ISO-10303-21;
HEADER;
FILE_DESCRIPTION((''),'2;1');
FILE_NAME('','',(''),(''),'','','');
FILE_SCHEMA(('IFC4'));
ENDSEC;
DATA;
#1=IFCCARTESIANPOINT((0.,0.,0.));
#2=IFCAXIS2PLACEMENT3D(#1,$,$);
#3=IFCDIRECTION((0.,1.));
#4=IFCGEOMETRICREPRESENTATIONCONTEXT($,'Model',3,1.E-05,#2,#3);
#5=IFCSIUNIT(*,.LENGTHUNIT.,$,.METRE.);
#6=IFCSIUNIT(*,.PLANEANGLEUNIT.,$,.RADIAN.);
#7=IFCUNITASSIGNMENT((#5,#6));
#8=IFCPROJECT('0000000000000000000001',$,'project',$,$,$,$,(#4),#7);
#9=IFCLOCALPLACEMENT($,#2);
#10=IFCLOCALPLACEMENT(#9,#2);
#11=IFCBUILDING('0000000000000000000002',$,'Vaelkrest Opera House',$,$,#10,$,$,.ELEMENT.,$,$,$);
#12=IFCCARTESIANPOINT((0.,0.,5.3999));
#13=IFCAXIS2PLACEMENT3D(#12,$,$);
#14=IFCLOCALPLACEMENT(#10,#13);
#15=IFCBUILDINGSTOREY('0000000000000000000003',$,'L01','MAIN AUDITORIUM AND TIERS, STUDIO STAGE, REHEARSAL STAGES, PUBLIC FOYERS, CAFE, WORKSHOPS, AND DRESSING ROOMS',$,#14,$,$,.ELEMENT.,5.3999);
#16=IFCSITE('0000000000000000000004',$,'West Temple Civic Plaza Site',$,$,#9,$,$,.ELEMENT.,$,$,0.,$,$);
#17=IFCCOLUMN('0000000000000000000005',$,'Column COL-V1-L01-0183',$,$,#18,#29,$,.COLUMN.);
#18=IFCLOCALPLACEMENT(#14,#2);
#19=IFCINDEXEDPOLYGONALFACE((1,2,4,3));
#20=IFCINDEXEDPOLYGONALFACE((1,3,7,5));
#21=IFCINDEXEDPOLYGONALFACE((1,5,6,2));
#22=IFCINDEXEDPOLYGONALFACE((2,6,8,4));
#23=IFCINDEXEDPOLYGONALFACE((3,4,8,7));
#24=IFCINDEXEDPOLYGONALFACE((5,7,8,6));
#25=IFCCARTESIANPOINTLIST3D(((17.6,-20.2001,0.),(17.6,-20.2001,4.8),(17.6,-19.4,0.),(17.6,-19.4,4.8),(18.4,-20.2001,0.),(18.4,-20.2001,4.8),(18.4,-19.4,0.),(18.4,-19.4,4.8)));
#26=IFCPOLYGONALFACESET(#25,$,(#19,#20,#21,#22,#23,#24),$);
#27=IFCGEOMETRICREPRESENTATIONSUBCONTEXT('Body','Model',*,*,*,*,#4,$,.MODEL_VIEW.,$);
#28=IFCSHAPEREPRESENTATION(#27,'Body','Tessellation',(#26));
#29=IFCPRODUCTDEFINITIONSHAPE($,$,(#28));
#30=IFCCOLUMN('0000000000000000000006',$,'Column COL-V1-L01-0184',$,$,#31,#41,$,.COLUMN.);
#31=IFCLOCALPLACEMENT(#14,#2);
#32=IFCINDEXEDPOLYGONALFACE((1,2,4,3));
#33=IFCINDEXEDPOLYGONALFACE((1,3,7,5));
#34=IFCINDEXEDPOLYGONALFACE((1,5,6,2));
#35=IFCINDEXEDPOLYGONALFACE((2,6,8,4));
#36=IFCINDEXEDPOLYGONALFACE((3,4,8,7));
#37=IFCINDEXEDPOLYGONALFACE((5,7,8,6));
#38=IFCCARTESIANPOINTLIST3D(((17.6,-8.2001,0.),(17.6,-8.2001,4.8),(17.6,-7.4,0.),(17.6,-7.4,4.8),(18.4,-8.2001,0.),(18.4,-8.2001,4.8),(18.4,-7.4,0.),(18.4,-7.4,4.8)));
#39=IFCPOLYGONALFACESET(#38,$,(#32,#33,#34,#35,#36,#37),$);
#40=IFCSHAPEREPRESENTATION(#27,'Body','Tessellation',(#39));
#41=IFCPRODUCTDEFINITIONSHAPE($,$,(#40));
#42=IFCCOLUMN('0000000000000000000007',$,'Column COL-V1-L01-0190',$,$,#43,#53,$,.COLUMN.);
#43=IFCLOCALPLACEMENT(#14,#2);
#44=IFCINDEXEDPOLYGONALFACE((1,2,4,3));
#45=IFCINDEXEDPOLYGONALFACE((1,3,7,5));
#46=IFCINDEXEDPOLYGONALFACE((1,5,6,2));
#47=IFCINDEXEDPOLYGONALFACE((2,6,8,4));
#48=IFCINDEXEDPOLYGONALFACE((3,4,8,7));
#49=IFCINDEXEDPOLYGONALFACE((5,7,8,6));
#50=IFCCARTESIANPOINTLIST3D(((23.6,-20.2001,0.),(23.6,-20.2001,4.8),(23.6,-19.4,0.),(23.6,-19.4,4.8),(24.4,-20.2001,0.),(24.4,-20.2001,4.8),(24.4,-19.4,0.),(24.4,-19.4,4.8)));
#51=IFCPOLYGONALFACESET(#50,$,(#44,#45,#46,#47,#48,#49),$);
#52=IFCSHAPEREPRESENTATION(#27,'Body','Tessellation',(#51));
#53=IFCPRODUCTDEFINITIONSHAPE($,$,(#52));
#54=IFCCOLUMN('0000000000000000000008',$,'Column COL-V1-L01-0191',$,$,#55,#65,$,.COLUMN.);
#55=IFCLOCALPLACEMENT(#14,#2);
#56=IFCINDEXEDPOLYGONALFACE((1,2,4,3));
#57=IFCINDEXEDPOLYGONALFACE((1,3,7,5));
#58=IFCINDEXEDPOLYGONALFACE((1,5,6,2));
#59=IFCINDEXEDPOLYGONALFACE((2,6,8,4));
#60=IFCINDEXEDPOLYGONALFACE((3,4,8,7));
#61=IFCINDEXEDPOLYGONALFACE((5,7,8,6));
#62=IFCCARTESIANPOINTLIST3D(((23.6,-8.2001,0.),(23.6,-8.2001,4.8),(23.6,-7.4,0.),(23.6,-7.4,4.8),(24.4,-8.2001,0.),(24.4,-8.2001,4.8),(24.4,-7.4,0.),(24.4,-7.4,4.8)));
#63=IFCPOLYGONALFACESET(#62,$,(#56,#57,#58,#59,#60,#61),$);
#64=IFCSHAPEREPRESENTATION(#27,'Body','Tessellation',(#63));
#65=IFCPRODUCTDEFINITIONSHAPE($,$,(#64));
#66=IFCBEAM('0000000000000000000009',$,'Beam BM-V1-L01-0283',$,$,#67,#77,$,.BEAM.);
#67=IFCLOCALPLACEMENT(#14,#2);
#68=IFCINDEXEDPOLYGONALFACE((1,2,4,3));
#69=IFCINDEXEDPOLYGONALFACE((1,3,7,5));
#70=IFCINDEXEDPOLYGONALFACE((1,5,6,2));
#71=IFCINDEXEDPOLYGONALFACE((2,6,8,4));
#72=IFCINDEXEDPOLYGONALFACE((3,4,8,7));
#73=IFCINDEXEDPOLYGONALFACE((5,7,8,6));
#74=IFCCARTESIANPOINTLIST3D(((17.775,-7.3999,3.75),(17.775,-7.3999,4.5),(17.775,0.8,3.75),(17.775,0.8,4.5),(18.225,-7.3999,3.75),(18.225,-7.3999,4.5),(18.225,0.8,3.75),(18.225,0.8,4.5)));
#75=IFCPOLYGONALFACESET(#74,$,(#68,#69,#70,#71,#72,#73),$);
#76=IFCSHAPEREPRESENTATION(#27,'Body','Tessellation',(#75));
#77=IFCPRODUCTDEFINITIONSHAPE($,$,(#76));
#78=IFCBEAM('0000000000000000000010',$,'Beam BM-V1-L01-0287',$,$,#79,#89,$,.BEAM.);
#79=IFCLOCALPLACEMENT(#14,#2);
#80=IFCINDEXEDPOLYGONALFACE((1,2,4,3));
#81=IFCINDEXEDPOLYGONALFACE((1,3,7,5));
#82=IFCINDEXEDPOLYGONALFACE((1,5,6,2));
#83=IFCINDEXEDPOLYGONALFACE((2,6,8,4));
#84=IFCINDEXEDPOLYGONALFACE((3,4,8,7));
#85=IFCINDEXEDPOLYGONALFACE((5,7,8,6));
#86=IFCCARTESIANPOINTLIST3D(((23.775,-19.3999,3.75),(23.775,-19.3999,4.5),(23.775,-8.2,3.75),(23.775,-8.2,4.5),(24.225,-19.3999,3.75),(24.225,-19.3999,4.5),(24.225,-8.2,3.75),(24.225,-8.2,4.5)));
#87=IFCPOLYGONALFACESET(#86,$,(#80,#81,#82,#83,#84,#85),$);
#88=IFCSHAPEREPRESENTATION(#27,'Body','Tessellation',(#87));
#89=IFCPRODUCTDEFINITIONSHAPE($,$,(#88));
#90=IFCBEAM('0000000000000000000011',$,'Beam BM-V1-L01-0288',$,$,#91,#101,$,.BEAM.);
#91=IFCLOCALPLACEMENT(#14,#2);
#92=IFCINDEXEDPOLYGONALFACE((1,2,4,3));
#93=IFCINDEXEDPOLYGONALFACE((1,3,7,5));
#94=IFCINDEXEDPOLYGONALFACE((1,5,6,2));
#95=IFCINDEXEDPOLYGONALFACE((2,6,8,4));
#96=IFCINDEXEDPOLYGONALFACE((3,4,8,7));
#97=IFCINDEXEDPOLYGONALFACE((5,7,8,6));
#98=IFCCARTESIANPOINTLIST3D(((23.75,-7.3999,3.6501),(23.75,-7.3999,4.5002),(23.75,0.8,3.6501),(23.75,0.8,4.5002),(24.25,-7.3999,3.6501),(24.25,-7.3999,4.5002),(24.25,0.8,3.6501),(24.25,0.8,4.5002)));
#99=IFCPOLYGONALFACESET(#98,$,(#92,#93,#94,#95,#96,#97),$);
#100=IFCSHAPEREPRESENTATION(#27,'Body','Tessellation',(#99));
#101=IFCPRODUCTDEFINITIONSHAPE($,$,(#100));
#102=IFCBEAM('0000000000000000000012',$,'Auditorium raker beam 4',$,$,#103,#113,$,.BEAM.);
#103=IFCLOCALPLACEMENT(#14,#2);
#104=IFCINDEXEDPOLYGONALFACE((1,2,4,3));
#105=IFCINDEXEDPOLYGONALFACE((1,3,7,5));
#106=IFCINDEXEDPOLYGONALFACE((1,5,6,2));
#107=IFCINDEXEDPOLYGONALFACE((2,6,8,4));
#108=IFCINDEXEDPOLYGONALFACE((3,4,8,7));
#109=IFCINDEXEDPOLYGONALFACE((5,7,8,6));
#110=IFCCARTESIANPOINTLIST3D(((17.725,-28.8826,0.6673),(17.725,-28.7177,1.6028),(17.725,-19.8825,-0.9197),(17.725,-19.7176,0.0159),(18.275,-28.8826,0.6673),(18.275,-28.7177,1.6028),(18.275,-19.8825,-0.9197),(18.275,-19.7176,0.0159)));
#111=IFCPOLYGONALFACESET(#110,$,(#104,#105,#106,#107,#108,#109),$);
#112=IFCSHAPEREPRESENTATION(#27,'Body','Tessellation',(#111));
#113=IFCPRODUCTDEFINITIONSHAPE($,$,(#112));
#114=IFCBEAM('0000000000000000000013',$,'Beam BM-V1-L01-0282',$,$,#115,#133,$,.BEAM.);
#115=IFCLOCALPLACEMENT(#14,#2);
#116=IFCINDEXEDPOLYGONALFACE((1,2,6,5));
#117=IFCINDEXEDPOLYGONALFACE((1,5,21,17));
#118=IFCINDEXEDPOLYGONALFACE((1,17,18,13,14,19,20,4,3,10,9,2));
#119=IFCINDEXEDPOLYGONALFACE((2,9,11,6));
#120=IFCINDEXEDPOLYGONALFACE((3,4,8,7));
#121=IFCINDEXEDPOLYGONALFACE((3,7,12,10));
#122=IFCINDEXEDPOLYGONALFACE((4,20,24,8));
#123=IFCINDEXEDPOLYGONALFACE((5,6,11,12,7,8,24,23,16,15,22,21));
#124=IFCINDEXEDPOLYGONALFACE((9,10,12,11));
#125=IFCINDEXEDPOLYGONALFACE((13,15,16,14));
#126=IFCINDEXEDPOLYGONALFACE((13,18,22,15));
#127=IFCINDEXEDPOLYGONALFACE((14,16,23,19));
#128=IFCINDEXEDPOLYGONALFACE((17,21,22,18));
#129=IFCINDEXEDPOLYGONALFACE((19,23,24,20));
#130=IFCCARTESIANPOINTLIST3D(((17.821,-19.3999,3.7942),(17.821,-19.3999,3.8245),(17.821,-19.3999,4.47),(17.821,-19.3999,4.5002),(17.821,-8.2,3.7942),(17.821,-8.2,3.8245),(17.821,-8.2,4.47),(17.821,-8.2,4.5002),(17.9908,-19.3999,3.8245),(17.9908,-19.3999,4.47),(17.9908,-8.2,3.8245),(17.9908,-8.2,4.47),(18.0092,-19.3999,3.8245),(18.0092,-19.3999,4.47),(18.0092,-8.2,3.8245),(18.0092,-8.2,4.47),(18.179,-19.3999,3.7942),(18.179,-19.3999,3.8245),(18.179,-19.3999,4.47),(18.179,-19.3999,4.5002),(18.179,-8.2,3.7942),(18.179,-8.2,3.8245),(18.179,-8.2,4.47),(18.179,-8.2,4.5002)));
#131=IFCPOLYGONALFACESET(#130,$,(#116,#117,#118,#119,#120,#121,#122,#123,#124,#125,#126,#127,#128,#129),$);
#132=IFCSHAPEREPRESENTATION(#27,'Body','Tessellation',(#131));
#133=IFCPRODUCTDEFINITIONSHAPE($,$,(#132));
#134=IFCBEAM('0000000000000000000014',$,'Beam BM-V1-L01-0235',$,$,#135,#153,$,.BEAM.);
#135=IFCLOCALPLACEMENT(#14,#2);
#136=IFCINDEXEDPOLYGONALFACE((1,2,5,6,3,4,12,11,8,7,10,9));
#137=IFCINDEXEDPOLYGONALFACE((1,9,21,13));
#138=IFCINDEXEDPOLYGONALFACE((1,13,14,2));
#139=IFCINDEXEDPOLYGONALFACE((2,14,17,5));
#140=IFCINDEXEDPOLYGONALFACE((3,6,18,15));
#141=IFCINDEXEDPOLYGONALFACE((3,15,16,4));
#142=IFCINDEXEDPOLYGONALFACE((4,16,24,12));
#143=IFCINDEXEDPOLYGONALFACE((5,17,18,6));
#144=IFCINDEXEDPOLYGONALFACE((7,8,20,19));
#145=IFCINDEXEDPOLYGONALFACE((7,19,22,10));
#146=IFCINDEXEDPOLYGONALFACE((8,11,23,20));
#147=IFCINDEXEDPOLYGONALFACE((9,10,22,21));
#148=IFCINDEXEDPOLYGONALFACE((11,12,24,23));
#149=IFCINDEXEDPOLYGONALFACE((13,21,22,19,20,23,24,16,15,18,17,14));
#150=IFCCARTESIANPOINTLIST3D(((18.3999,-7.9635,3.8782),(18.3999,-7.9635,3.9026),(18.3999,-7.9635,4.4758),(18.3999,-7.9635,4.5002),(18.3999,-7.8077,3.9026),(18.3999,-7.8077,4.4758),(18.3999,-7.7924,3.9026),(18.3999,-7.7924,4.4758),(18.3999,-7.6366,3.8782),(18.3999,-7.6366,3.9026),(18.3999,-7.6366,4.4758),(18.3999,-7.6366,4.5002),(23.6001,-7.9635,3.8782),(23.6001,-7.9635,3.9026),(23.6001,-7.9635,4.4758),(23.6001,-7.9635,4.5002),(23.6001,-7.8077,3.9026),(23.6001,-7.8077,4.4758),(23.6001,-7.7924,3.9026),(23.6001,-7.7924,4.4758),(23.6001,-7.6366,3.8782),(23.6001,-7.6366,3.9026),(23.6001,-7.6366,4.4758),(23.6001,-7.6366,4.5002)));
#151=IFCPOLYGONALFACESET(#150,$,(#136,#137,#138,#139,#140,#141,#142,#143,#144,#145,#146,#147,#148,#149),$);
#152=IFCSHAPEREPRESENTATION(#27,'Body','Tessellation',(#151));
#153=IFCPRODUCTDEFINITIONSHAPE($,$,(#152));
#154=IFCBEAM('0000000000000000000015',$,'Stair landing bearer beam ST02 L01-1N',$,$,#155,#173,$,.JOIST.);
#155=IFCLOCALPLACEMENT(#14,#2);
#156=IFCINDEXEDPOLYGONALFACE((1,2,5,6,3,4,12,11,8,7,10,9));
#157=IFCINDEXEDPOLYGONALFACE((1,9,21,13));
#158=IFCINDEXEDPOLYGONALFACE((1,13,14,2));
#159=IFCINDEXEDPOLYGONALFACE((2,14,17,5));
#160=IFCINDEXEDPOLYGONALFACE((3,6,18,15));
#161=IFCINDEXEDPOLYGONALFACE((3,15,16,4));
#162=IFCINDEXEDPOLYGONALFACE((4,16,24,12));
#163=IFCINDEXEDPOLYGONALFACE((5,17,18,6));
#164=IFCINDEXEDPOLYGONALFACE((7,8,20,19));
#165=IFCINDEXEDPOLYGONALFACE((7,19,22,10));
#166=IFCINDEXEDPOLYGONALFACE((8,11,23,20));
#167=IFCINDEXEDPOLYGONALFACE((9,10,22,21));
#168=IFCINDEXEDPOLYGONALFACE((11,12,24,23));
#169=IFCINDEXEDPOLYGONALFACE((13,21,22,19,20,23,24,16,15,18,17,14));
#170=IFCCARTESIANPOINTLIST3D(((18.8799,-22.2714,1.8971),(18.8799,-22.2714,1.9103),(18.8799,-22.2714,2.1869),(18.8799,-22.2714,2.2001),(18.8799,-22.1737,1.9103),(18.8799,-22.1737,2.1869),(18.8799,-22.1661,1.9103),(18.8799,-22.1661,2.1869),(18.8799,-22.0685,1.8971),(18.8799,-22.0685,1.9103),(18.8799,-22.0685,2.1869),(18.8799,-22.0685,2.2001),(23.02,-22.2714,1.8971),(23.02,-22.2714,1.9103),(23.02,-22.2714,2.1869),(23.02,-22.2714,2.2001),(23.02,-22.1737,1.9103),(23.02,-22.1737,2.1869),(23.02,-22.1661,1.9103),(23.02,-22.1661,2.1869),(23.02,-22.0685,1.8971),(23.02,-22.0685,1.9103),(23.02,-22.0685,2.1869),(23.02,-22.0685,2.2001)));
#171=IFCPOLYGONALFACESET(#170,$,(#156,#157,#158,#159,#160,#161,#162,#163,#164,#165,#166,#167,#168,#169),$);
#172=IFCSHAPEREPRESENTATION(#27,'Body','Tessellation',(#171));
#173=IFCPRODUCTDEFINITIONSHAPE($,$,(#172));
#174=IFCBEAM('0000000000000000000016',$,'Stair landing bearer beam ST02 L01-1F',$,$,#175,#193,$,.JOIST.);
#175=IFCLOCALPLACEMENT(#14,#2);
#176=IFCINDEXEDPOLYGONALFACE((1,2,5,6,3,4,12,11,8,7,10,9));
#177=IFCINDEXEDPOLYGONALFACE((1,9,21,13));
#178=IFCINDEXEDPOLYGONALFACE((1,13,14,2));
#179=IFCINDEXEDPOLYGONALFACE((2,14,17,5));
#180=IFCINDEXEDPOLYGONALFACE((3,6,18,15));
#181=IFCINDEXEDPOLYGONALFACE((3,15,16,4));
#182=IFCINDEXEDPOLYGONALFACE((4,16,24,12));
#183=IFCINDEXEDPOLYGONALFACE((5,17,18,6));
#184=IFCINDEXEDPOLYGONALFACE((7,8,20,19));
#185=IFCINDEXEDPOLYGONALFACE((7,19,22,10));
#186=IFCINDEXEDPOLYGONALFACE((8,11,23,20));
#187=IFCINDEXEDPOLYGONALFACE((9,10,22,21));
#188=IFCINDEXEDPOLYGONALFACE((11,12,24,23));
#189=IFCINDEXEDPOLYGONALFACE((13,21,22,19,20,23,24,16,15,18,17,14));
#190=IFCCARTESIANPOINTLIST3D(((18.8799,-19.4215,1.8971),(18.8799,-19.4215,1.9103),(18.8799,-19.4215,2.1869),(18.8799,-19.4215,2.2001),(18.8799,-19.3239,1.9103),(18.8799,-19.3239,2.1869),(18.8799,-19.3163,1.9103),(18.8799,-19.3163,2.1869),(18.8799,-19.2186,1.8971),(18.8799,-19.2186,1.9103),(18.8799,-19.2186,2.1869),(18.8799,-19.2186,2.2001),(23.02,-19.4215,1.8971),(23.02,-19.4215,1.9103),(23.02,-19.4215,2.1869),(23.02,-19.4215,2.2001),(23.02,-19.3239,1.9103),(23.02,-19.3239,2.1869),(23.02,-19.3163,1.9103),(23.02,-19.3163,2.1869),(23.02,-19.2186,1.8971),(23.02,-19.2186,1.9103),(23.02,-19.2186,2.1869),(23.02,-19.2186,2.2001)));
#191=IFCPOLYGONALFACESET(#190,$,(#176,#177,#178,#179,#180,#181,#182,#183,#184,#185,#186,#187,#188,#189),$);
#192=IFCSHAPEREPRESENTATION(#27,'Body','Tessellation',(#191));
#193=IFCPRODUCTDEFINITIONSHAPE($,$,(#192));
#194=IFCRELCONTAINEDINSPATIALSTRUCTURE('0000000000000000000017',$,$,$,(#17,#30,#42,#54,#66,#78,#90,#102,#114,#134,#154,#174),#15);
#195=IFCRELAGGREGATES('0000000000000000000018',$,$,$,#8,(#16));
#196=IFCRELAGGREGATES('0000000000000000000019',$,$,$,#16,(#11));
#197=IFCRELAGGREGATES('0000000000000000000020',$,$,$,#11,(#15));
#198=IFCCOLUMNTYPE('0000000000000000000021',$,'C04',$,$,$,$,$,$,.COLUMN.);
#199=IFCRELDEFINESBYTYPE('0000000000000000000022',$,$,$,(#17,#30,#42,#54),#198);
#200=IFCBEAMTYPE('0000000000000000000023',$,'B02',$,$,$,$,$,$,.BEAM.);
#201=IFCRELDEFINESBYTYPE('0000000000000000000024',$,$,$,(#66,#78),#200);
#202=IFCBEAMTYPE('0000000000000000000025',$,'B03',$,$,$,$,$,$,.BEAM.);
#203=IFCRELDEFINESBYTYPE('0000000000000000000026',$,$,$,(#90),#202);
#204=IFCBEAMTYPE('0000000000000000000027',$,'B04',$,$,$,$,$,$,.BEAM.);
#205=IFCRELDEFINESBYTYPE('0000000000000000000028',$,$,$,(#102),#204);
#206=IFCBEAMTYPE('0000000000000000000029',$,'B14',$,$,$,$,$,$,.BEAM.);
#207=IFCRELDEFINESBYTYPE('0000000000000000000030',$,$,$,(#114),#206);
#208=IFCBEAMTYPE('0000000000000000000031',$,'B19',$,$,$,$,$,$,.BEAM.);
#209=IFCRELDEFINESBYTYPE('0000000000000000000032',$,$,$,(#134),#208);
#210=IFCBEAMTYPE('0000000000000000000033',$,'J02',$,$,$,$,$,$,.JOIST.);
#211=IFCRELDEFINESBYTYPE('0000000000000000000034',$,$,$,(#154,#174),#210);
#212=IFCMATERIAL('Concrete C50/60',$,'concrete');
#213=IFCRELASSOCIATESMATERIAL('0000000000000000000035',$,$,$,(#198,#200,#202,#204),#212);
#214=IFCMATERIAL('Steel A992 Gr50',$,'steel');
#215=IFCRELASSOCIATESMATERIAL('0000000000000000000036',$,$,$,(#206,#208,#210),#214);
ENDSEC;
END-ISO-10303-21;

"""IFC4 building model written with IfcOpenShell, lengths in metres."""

from ifc_helpers import new_model, si_unit, direction, frame, origin, origin_2d, place, context, subcontext, project, spatial, rectangle, i_section, extrude, material, material_profile, profile_set, type_object, element, save


model = new_model("IFC4")

# Units and contexts
model_context = context("Model", 3, precision=1e-05, world=origin(), true_north=direction((0.0, 1.0)))
body_context = subcontext(model_context, "Body", "Model", "MODEL_VIEW")
ifc_project = project(units=[si_unit("LENGTHUNIT", "METRE"), si_unit("PLANEANGLEUNIT", "RADIAN")], contexts=[model_context])

# Site, building, storey
site_placement = place(None, origin())
site = spatial("IfcSite", under=ifc_project, at=site_placement, Name="West Temple Civic Plaza Site", CompositionType="ELEMENT", RefElevation=0.0)
building_placement = place(site_placement, origin())
building = spatial("IfcBuilding", under=site, at=building_placement, Name="Vaelkrest Opera House", CompositionType="ELEMENT")
storey_placement = place(building_placement, frame((0.0, 0.0, 5.3999)))
storey = spatial("IfcBuildingStorey", under=building, at=storey_placement, Name="L01", Description="MAIN AUDITORIUM AND TIERS, STUDIO STAGE, REHEARSAL STAGES, PUBLIC FOYERS, CAFE, WORKSHOPS, AND DRESSING ROOMS", CompositionType="ELEMENT", Elevation=5.3999)

# Columns
ifc_material_1 = material(Name="Concrete C50/60", Category="concrete")
ifc_material_profile_1 = material_profile(ifc_material_1, rectangle(XDim=0.8, YDim=0.8, at=origin_2d()), Name="RC800X800")
ifc_profile_set_1 = profile_set([ifc_material_profile_1], Name="Concrete C50/60")
column_type = type_object("IfcColumnType", Name="C04", PredefinedType="COLUMN", material=ifc_profile_set_1)
for number, where, z_axis, x_axis, name in (
    (1, (18.0, -19.8, 0.0), (0.0, 0.0, 1.0), (1.0, 0.0, 0.0), "Column COL-V1-L01-0183"),
    (2, (18.0, -7.8, 0.0), (0.0, 0.0, 1.0), (1.0, 0.0, 0.0), "Column COL-V1-L01-0184"),
    (3, (24.0, -19.8, 0.0), (0.0, 0.0, 1.0), (1.0, 0.0, 0.0), "Column COL-V1-L01-0190"),
    (4, (24.0, -7.8, 0.0), (0.0, 0.0, 1.0), (1.0, 0.0, 0.0), "Column COL-V1-L01-0191"),
):
    element("IfcColumn", number, at=place(storey_placement, frame(where, z_axis=z_axis, x_axis=x_axis)), inside=storey, type_object=column_type, Name=name, PredefinedType="COLUMN", context=body_context, shape_type="SweptSolid", body=[
        extrude(rectangle(XDim=0.8, YDim=0.8, at=origin_2d()), origin(), (0.0, 0.0, 1.0), 4.8),
    ])

# Beams
ifc_material_profile_2 = material_profile(ifc_material_1, rectangle(XDim=0.45, YDim=0.75, at=origin_2d()), Name="RCB450X750")
ifc_profile_set_2 = profile_set([ifc_material_profile_2], Name="Concrete C50/60")
beam_type_1 = type_object("IfcBeamType", Name="B02", PredefinedType="BEAM", material=ifc_profile_set_2)
beam_1_placement = place(storey_placement, frame((18.0, -7.3999, 4.125), z_axis=(0.0, 1.0, 0.0), x_axis=(-1.0, 0.0, 0.0)))
element("IfcBeam", 5, at=beam_1_placement, inside=storey, type_object=beam_type_1, Name="Beam BM-V1-L01-0283", PredefinedType="BEAM", context=body_context, shape_type="SweptSolid", body=[
    extrude(rectangle(XDim=0.45, YDim=0.75, at=origin_2d()), origin(), (0.0, 0.0, 1.0), 8.2),
])
beam_2_placement = place(storey_placement, frame((24.0, -19.3999, 4.125), z_axis=(0.0, 1.0, 0.0), x_axis=(-1.0, 0.0, 0.0)))
element("IfcBeam", 6, at=beam_2_placement, inside=storey, type_object=beam_type_1, Name="Beam BM-V1-L01-0287", PredefinedType="BEAM", context=body_context, shape_type="SweptSolid", body=[
    extrude(rectangle(XDim=0.45, YDim=0.75, at=origin_2d()), origin(), (0.0, 0.0, 1.0), 11.2),
])
ifc_material_profile_3 = material_profile(ifc_material_1, rectangle(XDim=0.5, YDim=0.8501, at=origin_2d()), Name="RCB500X850")
ifc_profile_set_3 = profile_set([ifc_material_profile_3], Name="Concrete C50/60")
beam_type_2 = type_object("IfcBeamType", Name="B03", PredefinedType="BEAM", material=ifc_profile_set_3)
beam_3_placement = place(storey_placement, frame((24.0, -7.3999, 4.0752), z_axis=(0.0, 1.0, 0.0), x_axis=(-1.0, 0.0, 0.0)))
element("IfcBeam", 7, at=beam_3_placement, inside=storey, type_object=beam_type_2, Name="Beam BM-V1-L01-0288", PredefinedType="BEAM", context=body_context, shape_type="SweptSolid", body=[
    extrude(rectangle(XDim=0.5, YDim=0.8501, at=origin_2d()), origin(), (0.0, 0.0, 1.0), 8.2),
])
ifc_material_profile_4 = material_profile(ifc_material_1, rectangle(XDim=0.55, YDim=0.95, at=origin_2d()), Name="RCB550X950")
ifc_profile_set_4 = profile_set([ifc_material_profile_4], Name="Concrete C50/60")
beam_type_3 = type_object("IfcBeamType", Name="B04", PredefinedType="BEAM", material=ifc_profile_set_4)
beam_4_placement = place(storey_placement, frame((18.0, -19.8, -0.4519), z_axis=(0.0, -0.984808, 0.173645), x_axis=(1.0, 0.0, 0.0)))
element("IfcBeam", 8, at=beam_4_placement, inside=storey, type_object=beam_type_3, Name="Auditorium raker beam 4", PredefinedType="BEAM", context=body_context, shape_type="SweptSolid", body=[
    extrude(rectangle(XDim=0.55, YDim=0.95, at=origin_2d()), origin(), (0.0, 0.0, 1.0), 9.1389),
])
ifc_material_2 = material(Name="Steel A992 Gr50", Category="steel")
ifc_material_profile_5 = material_profile(ifc_material_2, i_section(OverallWidth=0.3579, OverallDepth=0.7061, WebThickness=0.0183, FlangeThickness=0.0303, at=origin_2d()), Name="W27X178")
ifc_profile_set_5 = profile_set([ifc_material_profile_5], Name="Steel A992 Gr50")
beam_type_4 = type_object("IfcBeamType", Name="B14", PredefinedType="BEAM", material=ifc_profile_set_5)
beam_5_placement = place(storey_placement, frame((18.0, -19.3999, 4.1472), z_axis=(0.0, 1.0, 0.0), x_axis=(-1.0, 0.0, 0.0)))
element("IfcBeam", 9, at=beam_5_placement, inside=storey, type_object=beam_type_4, Name="Beam BM-V1-L01-0282", PredefinedType="BEAM", context=body_context, shape_type="SweptSolid", body=[
    extrude(i_section(OverallWidth=0.3579, OverallDepth=0.7061, WebThickness=0.0183, FlangeThickness=0.0303, at=origin_2d()), origin(), (0.0, 0.0, 1.0), 11.2),
])
ifc_material_profile_6 = material_profile(ifc_material_2, i_section(OverallWidth=0.3269, OverallDepth=0.6221, WebThickness=0.0154, FlangeThickness=0.0244, at=origin_2d()), Name="W24X131")
ifc_profile_set_6 = profile_set([ifc_material_profile_6], Name="Steel A992 Gr50")
beam_type_5 = type_object("IfcBeamType", Name="B19", PredefinedType="BEAM", material=ifc_profile_set_6)
beam_6_placement = place(storey_placement, frame((18.3999, -7.8, 4.1892), z_axis=(1.0, 0.0, 0.0), x_axis=(0.0, 1.0, 0.0)))
element("IfcBeam", 10, at=beam_6_placement, inside=storey, type_object=beam_type_5, Name="Beam BM-V1-L01-0235", PredefinedType="BEAM", context=body_context, shape_type="SweptSolid", body=[
    extrude(i_section(OverallWidth=0.3269, OverallDepth=0.6221, WebThickness=0.0154, FlangeThickness=0.0244, at=origin_2d()), origin(), (0.0, 0.0, 1.0), 5.2002),
])
ifc_material_profile_7 = material_profile(ifc_material_2, i_section(OverallWidth=0.2029, OverallDepth=0.303, WebThickness=0.0076, FlangeThickness=0.0132, at=origin_2d()), Name="W12X40")
ifc_profile_set_7 = profile_set([ifc_material_profile_7], Name="Steel A992 Gr50")
beam_type_6 = type_object("IfcBeamType", Name="J02", PredefinedType="JOIST", material=ifc_profile_set_7)
for number, where, z_axis, x_axis, name in (
    (11, (18.8799, -22.1699, 2.0486), (1.0, 0.0, 0.0), (0.0, 1.0, 0.0), "Stair landing bearer beam ST02 L01-1N"),
    (12, (18.8799, -19.3201, 2.0486), (1.0, 0.0, 0.0), (0.0, 1.0, 0.0), "Stair landing bearer beam ST02 L01-1F"),
):
    element("IfcBeam", number, at=place(storey_placement, frame(where, z_axis=z_axis, x_axis=x_axis)), inside=storey, type_object=beam_type_6, Name=name, PredefinedType="JOIST", context=body_context, shape_type="SweptSolid", body=[
        extrude(i_section(OverallWidth=0.2029, OverallDepth=0.303, WebThickness=0.0076, FlangeThickness=0.0132, at=origin_2d()), origin(), (0.0, 0.0, 1.0), 4.1401),
    ])

save(model, "model.ifc")
